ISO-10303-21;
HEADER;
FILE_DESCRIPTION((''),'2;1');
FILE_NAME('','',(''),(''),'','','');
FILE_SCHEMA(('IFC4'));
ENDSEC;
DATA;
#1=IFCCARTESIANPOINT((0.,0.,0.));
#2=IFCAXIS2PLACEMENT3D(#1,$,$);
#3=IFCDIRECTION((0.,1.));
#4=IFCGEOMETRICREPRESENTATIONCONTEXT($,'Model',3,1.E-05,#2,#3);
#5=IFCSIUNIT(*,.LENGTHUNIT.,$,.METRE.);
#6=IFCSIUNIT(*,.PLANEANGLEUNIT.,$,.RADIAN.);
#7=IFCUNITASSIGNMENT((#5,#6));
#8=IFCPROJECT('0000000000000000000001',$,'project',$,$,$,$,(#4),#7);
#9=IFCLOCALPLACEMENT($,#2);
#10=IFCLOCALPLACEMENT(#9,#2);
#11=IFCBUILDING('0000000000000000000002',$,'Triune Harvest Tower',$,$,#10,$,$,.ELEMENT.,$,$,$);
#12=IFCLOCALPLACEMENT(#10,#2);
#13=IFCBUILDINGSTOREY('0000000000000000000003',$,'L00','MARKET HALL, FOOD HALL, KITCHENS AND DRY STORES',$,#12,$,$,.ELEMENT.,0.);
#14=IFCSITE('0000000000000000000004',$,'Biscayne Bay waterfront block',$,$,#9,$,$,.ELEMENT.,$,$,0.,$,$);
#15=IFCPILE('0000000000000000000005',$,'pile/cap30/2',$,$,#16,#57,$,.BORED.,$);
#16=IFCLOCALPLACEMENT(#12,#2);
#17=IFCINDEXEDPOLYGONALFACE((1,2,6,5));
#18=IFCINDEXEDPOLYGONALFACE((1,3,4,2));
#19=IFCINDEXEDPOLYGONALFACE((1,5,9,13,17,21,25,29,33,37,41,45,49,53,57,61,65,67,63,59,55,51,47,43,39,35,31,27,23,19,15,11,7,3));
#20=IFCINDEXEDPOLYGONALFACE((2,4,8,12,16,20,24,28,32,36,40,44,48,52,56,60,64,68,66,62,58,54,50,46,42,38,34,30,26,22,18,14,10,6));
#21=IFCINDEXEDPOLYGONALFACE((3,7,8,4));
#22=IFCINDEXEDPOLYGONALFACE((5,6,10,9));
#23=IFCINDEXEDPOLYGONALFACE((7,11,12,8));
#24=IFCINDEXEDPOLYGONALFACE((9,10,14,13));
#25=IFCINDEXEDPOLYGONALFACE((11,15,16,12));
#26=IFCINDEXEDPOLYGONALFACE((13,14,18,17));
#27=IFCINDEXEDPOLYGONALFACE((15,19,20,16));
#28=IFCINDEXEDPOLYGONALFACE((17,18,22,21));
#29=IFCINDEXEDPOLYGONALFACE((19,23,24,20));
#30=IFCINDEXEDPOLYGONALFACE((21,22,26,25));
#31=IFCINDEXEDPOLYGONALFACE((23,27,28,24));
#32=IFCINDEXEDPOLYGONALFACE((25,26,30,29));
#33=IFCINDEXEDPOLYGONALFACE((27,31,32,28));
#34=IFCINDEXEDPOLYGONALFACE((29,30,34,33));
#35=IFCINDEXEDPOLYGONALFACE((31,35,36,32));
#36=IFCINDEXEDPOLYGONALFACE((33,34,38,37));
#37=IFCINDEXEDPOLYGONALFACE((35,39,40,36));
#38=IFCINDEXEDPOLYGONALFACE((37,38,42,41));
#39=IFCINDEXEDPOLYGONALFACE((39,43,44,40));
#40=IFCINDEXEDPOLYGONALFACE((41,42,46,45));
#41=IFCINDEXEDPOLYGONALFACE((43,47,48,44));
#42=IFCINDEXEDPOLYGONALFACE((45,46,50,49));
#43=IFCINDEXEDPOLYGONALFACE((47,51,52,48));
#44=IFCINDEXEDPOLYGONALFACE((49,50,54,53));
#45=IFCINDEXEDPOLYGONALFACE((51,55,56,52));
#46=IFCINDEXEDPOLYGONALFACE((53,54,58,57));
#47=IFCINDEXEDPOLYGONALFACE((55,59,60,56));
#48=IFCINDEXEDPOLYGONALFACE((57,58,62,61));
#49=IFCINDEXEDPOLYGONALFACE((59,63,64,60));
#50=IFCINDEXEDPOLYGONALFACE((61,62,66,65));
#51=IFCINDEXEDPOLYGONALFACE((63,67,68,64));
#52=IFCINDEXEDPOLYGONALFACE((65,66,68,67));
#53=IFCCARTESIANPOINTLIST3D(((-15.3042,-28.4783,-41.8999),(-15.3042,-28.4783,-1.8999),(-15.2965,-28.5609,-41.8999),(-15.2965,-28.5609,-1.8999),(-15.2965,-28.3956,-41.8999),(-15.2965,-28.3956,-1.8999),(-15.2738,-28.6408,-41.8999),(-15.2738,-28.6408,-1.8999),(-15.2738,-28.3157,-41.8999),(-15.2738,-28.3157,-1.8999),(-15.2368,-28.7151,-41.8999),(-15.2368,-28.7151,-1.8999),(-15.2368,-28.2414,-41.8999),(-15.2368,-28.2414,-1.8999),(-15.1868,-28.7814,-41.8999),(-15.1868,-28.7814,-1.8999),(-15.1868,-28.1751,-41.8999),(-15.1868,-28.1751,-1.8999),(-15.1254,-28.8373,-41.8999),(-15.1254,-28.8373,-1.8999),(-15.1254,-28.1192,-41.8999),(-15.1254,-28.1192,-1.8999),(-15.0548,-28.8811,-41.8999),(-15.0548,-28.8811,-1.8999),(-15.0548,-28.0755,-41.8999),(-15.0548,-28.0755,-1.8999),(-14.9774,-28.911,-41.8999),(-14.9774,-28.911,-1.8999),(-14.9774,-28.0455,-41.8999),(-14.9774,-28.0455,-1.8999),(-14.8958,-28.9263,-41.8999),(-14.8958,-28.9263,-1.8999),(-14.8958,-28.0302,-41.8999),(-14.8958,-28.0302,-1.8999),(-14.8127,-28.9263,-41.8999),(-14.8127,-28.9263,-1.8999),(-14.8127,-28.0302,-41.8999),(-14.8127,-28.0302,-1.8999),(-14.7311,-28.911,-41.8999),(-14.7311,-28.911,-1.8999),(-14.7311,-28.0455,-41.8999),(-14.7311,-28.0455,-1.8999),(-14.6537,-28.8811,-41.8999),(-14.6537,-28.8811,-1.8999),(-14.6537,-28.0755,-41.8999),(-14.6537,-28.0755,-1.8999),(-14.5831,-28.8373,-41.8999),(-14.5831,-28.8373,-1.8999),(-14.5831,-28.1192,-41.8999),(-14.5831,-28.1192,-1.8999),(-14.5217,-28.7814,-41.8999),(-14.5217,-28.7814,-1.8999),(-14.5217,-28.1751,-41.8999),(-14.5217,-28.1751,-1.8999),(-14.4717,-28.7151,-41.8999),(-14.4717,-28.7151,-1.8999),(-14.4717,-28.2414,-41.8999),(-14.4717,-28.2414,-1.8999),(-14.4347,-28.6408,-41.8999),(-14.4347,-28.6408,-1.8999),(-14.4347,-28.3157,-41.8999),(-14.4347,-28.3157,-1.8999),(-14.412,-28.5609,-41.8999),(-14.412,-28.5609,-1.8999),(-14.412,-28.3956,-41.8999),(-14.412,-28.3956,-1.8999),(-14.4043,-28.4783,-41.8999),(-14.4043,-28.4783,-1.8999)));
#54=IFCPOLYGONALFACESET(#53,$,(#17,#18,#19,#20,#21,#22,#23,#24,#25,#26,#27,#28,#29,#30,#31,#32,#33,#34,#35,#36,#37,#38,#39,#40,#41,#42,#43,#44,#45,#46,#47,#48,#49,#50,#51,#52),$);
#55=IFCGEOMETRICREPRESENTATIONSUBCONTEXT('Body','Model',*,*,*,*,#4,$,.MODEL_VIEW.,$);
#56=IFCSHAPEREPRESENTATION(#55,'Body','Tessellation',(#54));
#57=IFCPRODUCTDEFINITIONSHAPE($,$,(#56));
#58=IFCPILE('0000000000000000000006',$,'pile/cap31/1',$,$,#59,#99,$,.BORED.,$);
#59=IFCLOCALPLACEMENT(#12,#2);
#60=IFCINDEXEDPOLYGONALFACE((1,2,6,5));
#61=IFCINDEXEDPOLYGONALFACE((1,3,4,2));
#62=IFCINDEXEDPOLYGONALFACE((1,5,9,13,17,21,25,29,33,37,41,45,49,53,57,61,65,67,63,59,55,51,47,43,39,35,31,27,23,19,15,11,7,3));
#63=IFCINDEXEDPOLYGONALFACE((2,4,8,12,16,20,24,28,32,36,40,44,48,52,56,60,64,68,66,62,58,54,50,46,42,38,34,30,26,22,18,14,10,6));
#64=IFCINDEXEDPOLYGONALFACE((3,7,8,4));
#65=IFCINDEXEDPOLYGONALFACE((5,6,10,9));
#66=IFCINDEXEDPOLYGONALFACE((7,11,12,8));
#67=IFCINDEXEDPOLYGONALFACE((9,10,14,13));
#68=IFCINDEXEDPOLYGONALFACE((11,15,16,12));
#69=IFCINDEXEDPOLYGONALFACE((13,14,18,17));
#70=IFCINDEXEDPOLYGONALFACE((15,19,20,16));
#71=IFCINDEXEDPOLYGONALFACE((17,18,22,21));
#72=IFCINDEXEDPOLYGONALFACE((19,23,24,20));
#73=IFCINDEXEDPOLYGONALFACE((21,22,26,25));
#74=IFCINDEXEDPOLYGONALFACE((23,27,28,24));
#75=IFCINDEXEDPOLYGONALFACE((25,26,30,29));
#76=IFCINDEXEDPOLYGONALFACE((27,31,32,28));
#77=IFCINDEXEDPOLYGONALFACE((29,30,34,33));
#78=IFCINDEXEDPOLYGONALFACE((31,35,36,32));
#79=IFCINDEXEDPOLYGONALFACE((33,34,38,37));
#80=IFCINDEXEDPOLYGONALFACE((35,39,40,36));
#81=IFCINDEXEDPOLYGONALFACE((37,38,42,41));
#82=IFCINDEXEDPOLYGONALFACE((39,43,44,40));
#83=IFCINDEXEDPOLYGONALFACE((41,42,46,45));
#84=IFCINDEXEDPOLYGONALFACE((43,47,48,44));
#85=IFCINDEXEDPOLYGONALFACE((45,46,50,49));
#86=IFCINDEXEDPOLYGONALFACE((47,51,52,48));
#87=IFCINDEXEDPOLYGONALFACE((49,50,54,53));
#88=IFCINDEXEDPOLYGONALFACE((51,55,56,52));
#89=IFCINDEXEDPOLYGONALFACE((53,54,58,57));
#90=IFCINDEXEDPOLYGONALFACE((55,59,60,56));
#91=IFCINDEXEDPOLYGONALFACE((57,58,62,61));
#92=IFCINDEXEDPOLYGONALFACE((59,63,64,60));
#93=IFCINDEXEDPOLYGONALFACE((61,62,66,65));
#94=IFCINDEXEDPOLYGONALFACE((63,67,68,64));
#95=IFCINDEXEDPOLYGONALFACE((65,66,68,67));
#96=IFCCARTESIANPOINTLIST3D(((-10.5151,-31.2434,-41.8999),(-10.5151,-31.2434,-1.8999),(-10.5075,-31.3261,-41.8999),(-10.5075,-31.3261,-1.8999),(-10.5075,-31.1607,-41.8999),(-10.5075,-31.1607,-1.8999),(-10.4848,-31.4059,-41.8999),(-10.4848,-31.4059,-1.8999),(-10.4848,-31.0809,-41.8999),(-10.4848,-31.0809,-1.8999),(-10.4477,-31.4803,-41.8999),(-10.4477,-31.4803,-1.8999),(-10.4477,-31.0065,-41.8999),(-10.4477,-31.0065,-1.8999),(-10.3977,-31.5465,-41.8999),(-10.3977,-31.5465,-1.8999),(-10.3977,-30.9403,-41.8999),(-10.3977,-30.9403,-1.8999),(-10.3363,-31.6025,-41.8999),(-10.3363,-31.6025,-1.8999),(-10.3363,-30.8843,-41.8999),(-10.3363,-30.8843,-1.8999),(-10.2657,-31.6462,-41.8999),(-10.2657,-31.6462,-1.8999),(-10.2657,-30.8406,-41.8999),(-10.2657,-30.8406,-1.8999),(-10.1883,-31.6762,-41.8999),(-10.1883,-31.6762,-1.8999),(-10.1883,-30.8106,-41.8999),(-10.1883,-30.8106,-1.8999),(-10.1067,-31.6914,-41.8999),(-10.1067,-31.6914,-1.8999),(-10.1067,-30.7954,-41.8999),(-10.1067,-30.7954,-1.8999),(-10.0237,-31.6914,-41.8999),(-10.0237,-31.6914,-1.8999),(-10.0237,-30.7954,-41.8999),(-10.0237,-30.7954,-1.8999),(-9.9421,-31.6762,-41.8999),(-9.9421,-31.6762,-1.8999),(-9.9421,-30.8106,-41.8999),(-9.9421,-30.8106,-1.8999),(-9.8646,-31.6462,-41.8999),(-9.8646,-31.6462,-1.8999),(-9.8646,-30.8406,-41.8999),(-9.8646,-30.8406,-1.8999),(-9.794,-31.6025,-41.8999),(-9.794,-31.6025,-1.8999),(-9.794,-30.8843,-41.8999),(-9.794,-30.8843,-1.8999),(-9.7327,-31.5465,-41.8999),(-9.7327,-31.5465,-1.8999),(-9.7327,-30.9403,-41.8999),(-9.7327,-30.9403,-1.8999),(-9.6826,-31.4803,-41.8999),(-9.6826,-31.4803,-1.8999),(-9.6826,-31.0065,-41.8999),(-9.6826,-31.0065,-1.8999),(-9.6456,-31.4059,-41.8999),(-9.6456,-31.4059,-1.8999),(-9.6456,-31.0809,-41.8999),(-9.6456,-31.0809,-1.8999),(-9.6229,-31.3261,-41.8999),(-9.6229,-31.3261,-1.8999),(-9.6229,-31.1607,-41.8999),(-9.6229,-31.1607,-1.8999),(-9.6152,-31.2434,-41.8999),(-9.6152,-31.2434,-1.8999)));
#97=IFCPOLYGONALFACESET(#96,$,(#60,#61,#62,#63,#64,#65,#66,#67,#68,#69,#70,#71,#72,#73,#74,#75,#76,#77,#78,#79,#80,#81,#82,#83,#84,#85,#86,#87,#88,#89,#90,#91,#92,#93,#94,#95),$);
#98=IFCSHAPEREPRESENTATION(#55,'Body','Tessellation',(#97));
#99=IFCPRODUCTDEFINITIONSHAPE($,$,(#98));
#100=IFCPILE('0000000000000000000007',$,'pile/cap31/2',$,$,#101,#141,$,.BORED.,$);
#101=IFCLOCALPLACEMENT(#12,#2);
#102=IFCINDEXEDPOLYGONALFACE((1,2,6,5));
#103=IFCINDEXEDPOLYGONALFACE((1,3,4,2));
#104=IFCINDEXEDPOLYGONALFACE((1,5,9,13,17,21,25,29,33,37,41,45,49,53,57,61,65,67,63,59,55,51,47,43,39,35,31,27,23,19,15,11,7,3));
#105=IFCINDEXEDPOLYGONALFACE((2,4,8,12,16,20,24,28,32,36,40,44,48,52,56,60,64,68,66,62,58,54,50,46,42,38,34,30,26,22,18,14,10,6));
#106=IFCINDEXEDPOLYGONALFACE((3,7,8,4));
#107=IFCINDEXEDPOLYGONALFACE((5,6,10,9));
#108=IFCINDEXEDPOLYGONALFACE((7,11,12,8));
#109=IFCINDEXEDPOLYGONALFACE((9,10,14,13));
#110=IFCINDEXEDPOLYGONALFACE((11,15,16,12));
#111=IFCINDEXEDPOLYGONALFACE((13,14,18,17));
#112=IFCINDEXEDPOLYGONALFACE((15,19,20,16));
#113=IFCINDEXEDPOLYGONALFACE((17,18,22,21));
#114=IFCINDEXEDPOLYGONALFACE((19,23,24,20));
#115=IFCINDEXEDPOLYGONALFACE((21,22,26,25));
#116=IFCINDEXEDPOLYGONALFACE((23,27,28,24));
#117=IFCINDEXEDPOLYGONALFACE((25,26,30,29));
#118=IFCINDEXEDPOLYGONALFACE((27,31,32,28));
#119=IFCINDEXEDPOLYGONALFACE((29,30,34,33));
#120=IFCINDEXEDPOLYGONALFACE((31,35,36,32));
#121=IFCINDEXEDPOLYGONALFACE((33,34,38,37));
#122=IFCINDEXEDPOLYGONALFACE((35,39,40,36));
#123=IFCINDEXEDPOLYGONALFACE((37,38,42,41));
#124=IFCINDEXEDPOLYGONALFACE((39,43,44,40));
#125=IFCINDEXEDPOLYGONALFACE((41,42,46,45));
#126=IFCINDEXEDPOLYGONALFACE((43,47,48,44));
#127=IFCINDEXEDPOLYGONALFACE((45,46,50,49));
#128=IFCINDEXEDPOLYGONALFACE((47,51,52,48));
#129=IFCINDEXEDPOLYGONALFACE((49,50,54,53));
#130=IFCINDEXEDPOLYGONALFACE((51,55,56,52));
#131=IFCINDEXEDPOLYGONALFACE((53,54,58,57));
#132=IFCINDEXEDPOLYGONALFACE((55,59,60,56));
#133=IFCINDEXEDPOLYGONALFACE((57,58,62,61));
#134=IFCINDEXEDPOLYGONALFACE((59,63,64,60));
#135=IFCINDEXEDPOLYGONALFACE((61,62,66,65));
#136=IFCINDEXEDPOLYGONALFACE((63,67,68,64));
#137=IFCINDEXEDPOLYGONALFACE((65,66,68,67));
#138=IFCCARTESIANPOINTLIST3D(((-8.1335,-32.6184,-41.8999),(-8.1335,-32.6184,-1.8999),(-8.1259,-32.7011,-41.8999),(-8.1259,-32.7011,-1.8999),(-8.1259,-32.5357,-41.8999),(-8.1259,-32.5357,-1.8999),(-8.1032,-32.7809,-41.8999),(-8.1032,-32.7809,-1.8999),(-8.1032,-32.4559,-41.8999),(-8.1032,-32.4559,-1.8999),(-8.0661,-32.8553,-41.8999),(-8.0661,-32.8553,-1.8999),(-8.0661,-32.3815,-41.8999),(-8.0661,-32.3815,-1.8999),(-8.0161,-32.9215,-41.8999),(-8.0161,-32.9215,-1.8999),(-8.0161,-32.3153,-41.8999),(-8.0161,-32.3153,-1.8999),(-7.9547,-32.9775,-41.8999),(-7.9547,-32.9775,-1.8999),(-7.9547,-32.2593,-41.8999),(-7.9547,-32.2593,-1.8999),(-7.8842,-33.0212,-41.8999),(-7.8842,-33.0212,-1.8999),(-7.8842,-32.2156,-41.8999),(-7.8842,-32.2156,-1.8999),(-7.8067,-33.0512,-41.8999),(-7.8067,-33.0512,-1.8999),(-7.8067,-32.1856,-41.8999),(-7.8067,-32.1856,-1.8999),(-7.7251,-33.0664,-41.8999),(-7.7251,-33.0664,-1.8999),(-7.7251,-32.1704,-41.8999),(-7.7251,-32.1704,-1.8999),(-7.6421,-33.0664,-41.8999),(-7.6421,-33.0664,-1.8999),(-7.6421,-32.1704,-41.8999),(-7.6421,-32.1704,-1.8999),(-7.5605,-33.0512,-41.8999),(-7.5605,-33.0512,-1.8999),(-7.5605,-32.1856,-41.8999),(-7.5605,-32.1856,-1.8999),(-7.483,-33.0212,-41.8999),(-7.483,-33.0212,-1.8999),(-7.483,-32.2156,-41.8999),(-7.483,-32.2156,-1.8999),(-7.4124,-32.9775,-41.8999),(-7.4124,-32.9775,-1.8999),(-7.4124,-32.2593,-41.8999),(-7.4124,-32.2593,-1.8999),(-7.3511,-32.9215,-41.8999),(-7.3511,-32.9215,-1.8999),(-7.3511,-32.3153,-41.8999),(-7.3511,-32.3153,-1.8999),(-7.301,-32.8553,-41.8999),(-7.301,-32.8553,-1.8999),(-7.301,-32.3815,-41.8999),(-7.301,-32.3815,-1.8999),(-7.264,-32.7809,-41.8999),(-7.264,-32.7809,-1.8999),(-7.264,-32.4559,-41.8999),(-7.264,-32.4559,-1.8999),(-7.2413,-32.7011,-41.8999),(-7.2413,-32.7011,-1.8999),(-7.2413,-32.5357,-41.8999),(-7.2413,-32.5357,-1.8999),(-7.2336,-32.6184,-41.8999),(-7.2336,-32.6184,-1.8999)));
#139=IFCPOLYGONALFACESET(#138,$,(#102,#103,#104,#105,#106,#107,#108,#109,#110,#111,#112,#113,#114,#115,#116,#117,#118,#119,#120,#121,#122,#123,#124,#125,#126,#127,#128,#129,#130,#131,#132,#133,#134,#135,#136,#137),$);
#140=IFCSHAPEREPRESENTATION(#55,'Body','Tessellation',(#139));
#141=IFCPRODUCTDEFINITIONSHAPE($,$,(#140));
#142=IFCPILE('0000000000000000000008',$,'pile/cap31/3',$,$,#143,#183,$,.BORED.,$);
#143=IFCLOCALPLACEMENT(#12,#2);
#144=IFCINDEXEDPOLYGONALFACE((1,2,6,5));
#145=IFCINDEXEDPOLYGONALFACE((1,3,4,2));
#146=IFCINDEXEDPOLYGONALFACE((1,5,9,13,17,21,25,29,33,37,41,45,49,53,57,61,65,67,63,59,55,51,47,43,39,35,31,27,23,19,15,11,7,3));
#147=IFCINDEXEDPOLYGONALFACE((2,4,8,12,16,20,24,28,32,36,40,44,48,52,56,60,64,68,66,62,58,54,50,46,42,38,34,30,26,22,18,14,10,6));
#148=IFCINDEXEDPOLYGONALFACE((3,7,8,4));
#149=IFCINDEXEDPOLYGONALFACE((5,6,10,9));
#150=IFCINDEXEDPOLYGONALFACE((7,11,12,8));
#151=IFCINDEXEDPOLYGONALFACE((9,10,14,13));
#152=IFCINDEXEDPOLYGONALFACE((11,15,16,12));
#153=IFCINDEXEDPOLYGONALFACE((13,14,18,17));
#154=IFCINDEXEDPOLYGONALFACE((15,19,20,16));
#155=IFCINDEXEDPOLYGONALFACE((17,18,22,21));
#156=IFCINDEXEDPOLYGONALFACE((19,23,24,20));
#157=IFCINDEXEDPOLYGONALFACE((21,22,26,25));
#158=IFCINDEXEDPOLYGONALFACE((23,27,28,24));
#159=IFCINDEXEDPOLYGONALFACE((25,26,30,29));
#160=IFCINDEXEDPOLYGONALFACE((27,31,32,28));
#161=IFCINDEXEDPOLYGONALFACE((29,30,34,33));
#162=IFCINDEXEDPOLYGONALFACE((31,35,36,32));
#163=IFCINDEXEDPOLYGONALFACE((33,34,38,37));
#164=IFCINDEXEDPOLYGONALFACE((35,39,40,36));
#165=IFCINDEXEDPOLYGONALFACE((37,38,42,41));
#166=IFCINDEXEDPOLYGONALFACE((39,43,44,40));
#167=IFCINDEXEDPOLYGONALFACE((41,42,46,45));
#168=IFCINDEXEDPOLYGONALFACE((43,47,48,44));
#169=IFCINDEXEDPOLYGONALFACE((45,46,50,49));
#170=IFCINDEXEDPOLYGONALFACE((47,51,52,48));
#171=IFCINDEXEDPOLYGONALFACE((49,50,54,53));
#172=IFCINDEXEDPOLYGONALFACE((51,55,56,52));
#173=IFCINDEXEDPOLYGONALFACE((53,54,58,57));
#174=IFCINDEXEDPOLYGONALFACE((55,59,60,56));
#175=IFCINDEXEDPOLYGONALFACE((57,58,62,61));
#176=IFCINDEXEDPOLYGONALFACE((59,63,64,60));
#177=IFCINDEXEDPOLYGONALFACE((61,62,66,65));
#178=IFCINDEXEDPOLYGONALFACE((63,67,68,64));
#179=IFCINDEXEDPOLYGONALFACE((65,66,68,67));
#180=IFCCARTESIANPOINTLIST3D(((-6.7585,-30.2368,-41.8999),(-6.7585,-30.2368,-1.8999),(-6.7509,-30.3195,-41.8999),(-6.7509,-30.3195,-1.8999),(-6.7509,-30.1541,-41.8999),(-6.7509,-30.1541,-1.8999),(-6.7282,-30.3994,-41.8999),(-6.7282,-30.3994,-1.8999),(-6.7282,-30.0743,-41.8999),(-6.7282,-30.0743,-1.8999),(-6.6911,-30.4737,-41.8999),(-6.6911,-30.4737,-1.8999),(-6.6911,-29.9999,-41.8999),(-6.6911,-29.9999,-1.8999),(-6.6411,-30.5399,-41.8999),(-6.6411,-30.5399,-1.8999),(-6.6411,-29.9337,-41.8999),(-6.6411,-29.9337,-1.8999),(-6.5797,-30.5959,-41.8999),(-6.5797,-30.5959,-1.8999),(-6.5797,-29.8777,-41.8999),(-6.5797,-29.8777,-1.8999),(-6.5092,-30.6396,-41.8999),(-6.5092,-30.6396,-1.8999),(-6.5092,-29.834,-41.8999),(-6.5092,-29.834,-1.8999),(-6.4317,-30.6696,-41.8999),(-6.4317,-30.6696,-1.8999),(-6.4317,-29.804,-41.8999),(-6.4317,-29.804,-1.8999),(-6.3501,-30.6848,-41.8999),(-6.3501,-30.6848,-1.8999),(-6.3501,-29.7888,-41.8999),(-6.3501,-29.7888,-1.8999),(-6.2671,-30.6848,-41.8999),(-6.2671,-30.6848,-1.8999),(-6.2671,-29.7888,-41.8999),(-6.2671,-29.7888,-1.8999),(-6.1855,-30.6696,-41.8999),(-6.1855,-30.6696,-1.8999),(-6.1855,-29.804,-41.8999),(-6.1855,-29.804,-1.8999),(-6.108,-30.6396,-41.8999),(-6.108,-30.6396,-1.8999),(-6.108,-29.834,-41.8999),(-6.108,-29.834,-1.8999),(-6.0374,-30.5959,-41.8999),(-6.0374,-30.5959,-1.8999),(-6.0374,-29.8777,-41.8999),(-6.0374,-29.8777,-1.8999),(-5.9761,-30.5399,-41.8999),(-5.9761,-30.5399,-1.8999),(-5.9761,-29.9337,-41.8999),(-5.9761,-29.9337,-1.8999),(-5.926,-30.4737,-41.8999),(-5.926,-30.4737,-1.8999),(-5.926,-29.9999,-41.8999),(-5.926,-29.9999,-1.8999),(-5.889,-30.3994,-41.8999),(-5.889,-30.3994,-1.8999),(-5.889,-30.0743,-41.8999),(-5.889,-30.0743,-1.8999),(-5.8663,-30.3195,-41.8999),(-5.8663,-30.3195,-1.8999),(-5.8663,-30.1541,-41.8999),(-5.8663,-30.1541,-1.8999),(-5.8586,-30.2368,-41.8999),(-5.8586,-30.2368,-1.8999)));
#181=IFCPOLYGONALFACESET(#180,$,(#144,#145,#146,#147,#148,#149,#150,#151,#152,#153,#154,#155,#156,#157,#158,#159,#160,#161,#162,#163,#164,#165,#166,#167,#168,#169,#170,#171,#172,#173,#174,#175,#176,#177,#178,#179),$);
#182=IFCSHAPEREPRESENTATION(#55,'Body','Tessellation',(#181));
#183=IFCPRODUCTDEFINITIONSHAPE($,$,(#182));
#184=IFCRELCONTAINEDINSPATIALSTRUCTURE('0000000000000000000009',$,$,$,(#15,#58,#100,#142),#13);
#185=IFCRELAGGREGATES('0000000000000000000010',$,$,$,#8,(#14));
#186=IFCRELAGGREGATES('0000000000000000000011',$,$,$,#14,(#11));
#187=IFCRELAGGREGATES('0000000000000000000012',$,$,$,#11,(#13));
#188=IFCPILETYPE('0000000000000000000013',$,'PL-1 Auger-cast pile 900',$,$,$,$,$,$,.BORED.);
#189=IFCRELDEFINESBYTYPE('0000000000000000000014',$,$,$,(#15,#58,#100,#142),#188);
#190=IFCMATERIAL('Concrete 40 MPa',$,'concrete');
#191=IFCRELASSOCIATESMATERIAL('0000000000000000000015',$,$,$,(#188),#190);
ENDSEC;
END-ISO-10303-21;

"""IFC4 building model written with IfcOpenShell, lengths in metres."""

from ifc_helpers import new_model, si_unit, direction, frame, origin, origin_2d, place, context, subcontext, project, spatial, circle, extrude, source, transform, mapped, material, material_profile, profile_set, type_object, element, save


model = new_model("IFC4")

# Units and contexts
model_context = context("Model", 3, precision=1e-05, world=origin(), true_north=direction((0.0, 1.0)))
body_context = subcontext(model_context, "Body", "Model", "MODEL_VIEW")
ifc_project = project(units=[si_unit("LENGTHUNIT", "METRE"), si_unit("PLANEANGLEUNIT", "RADIAN")], contexts=[model_context])

# Site, building, storey
site_placement = place(None, origin())
site = spatial("IfcSite", under=ifc_project, at=site_placement, Name="Biscayne Bay waterfront block", CompositionType="ELEMENT", RefElevation=0.0)
building_placement = place(site_placement, origin())
building = spatial("IfcBuilding", under=site, at=building_placement, Name="Triune Harvest Tower", CompositionType="ELEMENT")
storey_placement = place(building_placement, origin())
storey = spatial("IfcBuildingStorey", under=building, at=storey_placement, Name="L00", Description="MARKET HALL, FOOD HALL, KITCHENS AND DRY STORES", CompositionType="ELEMENT", Elevation=0.0)

# Piles
ifc_material_1 = material(Name="Concrete 40 MPa", Category="concrete")
ifc_material_profile_1 = material_profile(ifc_material_1, circle(Radius=0.45, at=origin_2d()), Name="Bored 900")
ifc_profile_set_1 = profile_set([ifc_material_profile_1], Name="Concrete 40 MPa")
pile_type = type_object("IfcPileType", Name="PL-1 Auger-cast pile 900", PredefinedType="BORED", material=ifc_profile_set_1)
shared_shape_1 = source(origin(), body_context, "Body", "SweptSolid", [
    extrude(circle(Radius=0.45, at=origin_2d()), origin(), (0.0, 0.0, 1.0), 40.0),
])
for number, where, z_axis, x_axis, name in (
    (1, (-14.8542, -28.4783, -1.8999), (0.0, 0.0, -1.0), (1.0, 0.0, 0.0), "pile/cap30/2"),
    (2, (-10.0652, -31.2434, -1.8999), (0.0, 0.0, -1.0), (1.0, 0.0, 0.0), "pile/cap31/1"),
    (3, (-7.6836, -32.6184, -1.8999), (0.0, 0.0, -1.0), (1.0, 0.0, 0.0), "pile/cap31/2"),
    (4, (-6.3086, -30.2368, -1.8999), (0.0, 0.0, -1.0), (1.0, 0.0, 0.0), "pile/cap31/3"),
):
    element("IfcPile", number, at=place(storey_placement, frame(where, z_axis=z_axis, x_axis=x_axis)), inside=storey, type_object=pile_type, Name=name, PredefinedType="BORED", context=body_context, shape_type="MappedRepresentation", body=[
        mapped(shared_shape_1, transform((0.0, 0.0, 0.0), scale=1.0)),
    ])

save(model, "model.ifc")
